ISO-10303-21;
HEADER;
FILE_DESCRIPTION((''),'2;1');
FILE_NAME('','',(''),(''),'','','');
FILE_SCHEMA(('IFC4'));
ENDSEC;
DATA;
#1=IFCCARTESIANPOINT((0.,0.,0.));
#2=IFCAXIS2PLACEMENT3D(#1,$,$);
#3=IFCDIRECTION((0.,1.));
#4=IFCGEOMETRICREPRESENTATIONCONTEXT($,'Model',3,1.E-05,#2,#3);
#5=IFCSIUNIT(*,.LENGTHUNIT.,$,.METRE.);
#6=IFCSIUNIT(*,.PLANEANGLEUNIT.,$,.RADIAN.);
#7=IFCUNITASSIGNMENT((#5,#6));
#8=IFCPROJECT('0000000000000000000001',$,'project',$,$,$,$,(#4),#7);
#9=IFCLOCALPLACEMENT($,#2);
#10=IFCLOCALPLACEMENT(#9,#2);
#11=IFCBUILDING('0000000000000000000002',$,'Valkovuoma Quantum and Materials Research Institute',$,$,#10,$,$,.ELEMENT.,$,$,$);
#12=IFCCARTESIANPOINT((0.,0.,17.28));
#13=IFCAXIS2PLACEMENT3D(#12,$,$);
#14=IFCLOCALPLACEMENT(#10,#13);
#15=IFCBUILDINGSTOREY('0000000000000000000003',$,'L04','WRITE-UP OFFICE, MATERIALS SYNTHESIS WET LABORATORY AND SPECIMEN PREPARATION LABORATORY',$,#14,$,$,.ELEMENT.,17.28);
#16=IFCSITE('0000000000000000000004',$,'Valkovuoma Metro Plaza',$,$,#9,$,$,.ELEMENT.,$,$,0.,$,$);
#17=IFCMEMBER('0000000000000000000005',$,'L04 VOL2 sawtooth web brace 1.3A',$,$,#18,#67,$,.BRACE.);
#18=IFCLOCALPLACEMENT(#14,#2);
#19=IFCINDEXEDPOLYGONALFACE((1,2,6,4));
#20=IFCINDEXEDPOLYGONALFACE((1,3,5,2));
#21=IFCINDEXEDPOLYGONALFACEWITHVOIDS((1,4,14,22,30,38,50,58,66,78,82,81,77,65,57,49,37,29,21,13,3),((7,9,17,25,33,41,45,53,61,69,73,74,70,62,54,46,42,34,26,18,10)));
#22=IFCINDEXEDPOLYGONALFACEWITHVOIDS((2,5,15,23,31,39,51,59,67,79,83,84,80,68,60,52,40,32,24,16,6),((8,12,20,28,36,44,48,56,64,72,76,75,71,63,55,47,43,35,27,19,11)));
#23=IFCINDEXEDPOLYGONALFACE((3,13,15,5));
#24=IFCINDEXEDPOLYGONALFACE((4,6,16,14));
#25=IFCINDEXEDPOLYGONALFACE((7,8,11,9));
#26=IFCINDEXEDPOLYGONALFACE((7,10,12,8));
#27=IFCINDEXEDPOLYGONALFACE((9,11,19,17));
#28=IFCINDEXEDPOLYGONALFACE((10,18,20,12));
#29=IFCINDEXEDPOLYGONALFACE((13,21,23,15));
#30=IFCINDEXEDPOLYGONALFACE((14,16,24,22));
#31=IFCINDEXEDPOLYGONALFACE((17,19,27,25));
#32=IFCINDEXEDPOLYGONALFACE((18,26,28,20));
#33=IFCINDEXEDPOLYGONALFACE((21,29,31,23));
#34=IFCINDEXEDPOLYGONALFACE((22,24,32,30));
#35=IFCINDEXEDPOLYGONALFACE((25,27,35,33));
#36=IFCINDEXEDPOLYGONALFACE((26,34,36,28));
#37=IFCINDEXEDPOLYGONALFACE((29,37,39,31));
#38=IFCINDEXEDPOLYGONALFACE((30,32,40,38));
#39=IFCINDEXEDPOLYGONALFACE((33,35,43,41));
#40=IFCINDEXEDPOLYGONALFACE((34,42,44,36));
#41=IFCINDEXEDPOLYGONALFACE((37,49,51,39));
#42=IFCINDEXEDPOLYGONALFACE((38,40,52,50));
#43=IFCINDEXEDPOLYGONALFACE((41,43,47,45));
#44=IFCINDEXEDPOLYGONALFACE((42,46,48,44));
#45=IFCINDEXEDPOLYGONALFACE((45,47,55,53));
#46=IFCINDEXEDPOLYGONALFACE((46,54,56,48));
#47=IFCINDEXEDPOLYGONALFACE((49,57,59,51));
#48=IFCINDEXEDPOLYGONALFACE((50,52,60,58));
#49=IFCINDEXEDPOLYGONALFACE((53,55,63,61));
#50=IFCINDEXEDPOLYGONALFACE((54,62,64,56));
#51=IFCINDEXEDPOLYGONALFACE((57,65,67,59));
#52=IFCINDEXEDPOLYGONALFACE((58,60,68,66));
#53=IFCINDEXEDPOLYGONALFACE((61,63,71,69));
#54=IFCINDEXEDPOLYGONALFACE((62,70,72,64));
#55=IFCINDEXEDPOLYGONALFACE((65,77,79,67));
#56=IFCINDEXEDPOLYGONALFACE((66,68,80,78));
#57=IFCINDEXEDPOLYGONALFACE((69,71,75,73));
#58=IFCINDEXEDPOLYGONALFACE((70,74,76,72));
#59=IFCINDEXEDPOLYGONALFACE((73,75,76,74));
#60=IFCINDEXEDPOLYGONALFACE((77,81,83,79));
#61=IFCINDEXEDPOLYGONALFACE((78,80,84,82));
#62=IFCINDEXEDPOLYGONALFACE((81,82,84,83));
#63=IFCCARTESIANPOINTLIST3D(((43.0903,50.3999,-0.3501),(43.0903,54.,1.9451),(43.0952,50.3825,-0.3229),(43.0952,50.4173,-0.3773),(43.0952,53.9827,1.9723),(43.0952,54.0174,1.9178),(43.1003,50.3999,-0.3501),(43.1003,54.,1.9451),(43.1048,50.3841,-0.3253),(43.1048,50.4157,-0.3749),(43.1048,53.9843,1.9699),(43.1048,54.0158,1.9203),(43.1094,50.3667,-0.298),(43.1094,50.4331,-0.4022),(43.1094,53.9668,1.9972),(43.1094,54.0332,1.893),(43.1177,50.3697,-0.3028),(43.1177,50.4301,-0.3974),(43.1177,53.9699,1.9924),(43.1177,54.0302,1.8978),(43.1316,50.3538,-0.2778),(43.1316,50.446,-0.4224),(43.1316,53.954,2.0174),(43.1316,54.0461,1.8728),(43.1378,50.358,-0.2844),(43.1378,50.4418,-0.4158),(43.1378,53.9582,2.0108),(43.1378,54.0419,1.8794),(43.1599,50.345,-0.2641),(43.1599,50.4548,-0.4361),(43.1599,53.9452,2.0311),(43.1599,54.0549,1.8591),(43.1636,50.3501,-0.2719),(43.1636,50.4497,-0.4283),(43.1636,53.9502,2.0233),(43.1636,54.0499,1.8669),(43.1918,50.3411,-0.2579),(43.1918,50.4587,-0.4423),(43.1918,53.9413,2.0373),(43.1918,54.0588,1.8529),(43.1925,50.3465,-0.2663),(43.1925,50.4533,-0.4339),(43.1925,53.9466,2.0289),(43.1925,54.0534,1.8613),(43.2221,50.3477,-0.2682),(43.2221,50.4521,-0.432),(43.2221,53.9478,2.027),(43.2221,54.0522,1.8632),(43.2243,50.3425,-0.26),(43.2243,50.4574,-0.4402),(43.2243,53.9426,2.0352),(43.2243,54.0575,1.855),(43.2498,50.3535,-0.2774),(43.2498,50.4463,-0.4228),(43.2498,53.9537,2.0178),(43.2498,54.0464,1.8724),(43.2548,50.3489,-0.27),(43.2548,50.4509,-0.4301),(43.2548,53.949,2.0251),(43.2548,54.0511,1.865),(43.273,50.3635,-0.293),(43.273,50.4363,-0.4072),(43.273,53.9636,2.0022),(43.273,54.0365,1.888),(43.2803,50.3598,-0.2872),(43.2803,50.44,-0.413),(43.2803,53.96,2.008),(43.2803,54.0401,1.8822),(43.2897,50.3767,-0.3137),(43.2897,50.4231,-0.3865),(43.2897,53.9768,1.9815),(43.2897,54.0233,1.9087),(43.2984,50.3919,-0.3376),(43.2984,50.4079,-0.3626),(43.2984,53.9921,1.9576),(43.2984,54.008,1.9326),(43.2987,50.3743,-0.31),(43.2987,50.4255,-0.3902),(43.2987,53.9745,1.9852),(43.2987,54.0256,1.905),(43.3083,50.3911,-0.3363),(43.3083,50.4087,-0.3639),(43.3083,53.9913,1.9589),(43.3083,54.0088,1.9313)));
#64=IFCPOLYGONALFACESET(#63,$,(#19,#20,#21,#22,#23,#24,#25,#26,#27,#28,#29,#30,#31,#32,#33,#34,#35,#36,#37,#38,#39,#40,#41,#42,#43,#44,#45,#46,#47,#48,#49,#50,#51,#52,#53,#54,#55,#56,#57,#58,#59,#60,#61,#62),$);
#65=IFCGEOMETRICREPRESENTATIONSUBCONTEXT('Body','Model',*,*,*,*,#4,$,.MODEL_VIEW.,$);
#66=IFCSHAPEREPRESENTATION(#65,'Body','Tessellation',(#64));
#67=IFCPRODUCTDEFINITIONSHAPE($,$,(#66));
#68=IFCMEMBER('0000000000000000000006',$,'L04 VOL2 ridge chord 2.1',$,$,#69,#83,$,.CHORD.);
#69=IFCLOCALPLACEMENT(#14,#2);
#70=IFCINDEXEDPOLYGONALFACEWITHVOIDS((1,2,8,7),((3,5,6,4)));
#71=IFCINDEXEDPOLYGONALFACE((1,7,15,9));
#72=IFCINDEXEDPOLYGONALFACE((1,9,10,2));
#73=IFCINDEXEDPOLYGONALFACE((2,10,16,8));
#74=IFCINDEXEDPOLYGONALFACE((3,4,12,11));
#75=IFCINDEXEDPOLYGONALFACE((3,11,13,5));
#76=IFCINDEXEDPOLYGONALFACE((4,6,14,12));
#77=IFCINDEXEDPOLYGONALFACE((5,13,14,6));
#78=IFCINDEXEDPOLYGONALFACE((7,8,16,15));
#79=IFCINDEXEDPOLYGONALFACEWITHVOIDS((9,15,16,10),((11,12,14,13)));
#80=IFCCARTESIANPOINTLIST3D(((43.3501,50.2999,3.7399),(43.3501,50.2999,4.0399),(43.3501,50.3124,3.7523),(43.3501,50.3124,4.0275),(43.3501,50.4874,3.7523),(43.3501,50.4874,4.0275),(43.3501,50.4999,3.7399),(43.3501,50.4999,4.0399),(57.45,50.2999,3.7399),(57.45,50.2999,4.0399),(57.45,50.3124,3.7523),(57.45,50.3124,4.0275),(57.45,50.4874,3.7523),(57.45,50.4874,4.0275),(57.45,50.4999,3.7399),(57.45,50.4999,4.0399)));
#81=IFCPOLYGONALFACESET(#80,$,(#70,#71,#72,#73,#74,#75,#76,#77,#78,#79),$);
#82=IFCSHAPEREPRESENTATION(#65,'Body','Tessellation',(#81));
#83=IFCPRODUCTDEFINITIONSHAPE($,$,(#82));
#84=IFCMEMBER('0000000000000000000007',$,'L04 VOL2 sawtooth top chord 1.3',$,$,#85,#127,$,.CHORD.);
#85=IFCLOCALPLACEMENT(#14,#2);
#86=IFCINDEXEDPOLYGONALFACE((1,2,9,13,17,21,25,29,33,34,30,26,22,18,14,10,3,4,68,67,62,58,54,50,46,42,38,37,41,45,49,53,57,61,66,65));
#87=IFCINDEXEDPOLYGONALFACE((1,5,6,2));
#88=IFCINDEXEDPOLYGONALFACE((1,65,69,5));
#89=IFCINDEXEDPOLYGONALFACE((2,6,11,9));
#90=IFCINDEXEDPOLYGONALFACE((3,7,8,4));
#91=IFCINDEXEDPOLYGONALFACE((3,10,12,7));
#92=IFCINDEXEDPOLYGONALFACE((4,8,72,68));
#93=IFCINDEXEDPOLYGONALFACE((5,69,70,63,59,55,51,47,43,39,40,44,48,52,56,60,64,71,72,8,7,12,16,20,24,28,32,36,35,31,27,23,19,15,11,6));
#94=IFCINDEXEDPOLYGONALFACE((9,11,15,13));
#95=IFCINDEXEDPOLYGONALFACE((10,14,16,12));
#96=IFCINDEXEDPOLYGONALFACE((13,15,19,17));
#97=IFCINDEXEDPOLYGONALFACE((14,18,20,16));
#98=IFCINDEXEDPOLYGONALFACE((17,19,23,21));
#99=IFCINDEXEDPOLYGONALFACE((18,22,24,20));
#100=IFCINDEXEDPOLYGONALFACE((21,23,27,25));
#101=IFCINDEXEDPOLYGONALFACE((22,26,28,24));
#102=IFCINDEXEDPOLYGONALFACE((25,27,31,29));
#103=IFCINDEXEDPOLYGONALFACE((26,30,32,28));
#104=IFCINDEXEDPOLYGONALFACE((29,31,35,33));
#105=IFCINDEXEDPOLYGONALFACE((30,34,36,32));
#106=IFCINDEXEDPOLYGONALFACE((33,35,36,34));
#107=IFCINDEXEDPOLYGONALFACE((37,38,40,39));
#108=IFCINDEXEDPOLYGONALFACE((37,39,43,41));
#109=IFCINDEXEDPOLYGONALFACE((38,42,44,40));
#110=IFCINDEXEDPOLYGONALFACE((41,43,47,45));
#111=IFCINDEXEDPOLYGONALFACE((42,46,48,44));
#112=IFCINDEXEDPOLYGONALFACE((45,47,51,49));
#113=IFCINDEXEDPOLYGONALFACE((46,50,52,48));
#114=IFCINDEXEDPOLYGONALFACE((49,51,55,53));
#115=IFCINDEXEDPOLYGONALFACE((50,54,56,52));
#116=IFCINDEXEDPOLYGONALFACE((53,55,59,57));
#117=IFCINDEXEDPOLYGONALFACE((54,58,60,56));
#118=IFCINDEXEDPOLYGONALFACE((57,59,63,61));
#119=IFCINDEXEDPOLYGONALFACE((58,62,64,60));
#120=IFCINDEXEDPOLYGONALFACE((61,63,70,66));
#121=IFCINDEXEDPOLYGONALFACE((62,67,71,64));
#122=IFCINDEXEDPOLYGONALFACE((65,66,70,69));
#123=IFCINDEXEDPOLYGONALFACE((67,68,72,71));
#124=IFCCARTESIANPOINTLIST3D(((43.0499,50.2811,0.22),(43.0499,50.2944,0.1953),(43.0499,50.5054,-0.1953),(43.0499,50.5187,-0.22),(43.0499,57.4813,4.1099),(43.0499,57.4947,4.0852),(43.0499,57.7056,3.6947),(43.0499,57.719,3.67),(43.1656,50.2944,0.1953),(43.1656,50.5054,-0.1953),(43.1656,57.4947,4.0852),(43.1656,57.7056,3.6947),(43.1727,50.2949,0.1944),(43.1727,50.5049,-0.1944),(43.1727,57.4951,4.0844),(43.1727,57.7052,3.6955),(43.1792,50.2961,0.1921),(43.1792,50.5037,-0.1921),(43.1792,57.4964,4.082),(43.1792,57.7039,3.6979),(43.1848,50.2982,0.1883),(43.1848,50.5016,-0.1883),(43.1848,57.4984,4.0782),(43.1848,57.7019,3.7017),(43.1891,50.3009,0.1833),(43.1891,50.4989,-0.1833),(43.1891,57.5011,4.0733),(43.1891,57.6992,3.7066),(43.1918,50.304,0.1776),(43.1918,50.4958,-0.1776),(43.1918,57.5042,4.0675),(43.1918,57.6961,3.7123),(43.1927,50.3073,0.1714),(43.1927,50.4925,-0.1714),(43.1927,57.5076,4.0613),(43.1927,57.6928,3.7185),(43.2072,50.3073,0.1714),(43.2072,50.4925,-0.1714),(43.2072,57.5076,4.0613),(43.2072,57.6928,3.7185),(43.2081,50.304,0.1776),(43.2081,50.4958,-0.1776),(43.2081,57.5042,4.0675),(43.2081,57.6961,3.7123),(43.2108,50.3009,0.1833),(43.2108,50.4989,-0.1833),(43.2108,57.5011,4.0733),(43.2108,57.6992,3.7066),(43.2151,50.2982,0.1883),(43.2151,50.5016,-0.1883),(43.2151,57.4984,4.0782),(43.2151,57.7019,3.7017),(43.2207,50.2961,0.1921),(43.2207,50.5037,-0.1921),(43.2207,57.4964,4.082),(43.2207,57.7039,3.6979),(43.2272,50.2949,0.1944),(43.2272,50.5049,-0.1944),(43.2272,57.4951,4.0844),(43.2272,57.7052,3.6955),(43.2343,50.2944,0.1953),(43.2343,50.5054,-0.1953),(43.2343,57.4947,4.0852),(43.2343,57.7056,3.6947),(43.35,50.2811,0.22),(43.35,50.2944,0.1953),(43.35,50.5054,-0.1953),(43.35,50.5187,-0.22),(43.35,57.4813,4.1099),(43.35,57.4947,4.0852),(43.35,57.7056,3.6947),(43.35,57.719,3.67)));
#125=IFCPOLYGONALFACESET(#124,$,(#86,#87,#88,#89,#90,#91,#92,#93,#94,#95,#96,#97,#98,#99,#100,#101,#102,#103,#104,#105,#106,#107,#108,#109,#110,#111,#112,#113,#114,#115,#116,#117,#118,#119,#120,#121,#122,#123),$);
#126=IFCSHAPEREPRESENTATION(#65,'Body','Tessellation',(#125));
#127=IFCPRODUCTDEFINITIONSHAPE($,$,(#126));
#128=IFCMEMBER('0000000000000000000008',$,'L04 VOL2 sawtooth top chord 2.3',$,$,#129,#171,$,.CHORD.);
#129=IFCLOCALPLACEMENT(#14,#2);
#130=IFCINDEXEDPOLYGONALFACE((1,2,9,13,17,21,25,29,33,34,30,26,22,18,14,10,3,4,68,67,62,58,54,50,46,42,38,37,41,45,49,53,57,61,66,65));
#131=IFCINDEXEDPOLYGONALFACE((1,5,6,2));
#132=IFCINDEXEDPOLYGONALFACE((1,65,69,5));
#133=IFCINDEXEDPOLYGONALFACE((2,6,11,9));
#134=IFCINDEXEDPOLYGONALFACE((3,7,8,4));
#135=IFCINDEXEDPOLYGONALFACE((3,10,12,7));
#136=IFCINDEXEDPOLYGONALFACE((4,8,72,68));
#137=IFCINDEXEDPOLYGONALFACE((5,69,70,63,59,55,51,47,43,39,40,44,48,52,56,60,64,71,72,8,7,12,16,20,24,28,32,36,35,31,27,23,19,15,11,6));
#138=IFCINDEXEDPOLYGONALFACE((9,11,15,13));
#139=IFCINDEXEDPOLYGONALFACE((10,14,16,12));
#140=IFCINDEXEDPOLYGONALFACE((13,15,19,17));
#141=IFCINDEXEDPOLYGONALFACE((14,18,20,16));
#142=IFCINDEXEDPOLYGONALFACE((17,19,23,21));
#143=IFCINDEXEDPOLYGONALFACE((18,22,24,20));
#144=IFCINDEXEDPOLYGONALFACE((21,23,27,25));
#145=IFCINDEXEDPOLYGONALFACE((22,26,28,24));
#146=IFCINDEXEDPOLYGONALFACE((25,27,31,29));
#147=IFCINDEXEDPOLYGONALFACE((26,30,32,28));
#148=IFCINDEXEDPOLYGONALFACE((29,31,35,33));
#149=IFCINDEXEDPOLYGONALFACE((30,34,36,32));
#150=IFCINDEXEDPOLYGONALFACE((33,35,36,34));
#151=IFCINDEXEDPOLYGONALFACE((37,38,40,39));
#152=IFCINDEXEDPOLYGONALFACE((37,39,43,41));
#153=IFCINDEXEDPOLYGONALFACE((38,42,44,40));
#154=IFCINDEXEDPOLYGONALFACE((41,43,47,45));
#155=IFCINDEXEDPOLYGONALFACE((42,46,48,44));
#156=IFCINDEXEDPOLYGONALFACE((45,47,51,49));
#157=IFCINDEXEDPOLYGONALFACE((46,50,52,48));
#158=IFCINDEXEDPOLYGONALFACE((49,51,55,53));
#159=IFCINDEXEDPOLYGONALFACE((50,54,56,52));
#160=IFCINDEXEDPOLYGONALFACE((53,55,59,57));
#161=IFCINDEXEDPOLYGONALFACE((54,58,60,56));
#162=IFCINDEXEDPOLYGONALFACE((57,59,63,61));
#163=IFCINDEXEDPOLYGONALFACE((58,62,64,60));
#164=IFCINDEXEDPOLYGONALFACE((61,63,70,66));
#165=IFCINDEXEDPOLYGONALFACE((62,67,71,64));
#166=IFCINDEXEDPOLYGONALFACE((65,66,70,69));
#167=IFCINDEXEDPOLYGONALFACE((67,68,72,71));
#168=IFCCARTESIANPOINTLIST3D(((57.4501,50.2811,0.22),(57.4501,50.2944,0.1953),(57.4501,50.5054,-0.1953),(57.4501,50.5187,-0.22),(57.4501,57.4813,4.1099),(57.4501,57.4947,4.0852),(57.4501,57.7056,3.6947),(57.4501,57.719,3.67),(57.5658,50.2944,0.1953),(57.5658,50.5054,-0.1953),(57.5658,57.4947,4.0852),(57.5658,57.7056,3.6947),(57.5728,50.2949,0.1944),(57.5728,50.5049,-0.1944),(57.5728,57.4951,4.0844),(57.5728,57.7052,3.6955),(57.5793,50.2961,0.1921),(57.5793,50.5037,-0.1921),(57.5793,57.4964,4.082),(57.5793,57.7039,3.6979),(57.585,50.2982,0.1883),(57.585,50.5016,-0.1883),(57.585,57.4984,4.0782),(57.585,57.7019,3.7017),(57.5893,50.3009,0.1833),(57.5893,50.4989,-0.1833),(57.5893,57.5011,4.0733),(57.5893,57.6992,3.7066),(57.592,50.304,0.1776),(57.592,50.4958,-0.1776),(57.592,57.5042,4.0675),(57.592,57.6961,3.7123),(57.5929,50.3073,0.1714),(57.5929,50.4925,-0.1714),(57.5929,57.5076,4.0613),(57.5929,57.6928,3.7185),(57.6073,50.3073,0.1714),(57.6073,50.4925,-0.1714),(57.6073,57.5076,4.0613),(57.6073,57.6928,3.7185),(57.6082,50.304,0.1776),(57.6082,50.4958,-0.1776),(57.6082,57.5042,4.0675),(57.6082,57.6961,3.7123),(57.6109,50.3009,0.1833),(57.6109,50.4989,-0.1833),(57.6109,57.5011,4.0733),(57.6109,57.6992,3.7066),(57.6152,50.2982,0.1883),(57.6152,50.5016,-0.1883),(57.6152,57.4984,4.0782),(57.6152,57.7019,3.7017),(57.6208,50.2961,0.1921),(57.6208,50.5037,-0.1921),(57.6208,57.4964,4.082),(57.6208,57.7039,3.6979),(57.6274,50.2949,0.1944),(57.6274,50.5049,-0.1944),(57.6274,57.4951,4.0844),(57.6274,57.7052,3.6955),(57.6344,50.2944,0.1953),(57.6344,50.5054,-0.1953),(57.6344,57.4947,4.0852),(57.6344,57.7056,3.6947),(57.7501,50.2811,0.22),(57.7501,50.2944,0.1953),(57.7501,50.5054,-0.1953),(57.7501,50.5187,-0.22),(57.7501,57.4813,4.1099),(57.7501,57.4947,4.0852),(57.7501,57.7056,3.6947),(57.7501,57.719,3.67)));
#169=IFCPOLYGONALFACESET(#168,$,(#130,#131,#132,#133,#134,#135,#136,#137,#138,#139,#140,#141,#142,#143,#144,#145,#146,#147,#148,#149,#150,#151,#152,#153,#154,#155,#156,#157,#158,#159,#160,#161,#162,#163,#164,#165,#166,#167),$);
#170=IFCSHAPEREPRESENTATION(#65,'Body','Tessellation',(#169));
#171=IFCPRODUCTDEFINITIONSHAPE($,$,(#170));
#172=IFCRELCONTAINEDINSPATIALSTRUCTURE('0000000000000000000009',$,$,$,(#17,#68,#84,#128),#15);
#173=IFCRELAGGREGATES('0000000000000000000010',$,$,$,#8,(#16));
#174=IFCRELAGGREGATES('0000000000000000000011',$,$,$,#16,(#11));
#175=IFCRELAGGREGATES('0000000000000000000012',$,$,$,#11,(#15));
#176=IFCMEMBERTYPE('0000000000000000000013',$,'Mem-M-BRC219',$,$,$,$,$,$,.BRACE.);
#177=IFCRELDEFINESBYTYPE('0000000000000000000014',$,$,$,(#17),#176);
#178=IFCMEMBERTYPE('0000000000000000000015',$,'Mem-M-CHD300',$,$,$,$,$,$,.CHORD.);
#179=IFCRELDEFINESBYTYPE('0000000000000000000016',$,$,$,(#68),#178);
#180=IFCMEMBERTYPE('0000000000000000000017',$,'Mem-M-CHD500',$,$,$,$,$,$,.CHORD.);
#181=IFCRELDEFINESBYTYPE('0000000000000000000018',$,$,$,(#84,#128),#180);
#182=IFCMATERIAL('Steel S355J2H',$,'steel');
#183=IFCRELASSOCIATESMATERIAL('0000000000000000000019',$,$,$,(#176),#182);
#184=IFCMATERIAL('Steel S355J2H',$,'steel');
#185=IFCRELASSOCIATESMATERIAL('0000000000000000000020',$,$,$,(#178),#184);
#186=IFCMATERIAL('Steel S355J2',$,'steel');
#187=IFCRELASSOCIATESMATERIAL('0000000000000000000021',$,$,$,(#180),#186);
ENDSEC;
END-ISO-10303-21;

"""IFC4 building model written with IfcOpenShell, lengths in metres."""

from ifc_helpers import new_model, si_unit, direction, frame, origin, origin_2d, place, context, subcontext, project, spatial, hollow_rectangle, hollow_circle, i_section, extrude, material, material_profile, profile_set, type_object, element, save


model = new_model("IFC4")

# Units and contexts
model_context = context("Model", 3, precision=1e-05, world=origin(), true_north=direction((0.0, 1.0)))
body_context = subcontext(model_context, "Body", "Model", "MODEL_VIEW")
ifc_project = project(units=[si_unit("LENGTHUNIT", "METRE"), si_unit("PLANEANGLEUNIT", "RADIAN")], contexts=[model_context])

# Site, building, storey
site_placement = place(None, origin())
site = spatial("IfcSite", under=ifc_project, at=site_placement, Name="Valkovuoma Metro Plaza", CompositionType="ELEMENT", RefElevation=0.0)
building_placement = place(site_placement, origin())
building = spatial("IfcBuilding", under=site, at=building_placement, Name="Valkovuoma Quantum and Materials Research Institute", CompositionType="ELEMENT")
storey_placement = place(building_placement, frame((0.0, 0.0, 17.28)))
storey = spatial("IfcBuildingStorey", under=building, at=storey_placement, Name="L04", Description="WRITE-UP OFFICE, MATERIALS SYNTHESIS WET LABORATORY AND SPECIMEN PREPARATION LABORATORY", CompositionType="ELEMENT", Elevation=17.28)

# Members
ifc_material_1 = material(Name="Steel S355J2H", Category="steel")
ifc_material_profile_1 = material_profile(ifc_material_1, hollow_circle(Radius=0.1096, WallThickness=0.01, at=origin_2d()), Name="Steel S355J2H")
ifc_profile_set_1 = profile_set([ifc_material_profile_1], Name="Steel S355J2H")
member_type_1 = type_object("IfcMemberType", Name="Mem-M-BRC219", PredefinedType="BRACE", material=ifc_profile_set_1)
member_1_placement = place(storey_placement, frame((43.2, 50.3999, -0.3501), z_axis=(0.0, 0.843216, 0.537575), x_axis=(-1.0, 0.0, 0.0)))
element("IfcMember", 1, at=member_1_placement, inside=storey, type_object=member_type_1, Name="L04 VOL2 sawtooth web brace 1.3A", PredefinedType="BRACE", context=body_context, shape_type="SweptSolid", body=[
    extrude(hollow_circle(Radius=0.1096, WallThickness=0.01, at=origin_2d()), origin(), (0.0, 0.0, 1.0), 4.2695),
])
ifc_material_2 = material(Name="Steel S355J2H", Category="steel")
ifc_material_profile_2 = material_profile(ifc_material_2, hollow_rectangle(XDim=0.2, YDim=0.3, WallThickness=0.0125, at=origin_2d()), Name="Steel S355J2H")
ifc_profile_set_2 = profile_set([ifc_material_profile_2], Name="Steel S355J2H")
member_type_2 = type_object("IfcMemberType", Name="Mem-M-CHD300", PredefinedType="CHORD", material=ifc_profile_set_2)
member_2_placement = place(storey_placement, frame((43.3501, 50.3999, 3.8899), z_axis=(1.0, 0.0, 0.0), x_axis=(0.0, 1.0, 0.0)))
element("IfcMember", 2, at=member_2_placement, inside=storey, type_object=member_type_2, Name="L04 VOL2 ridge chord 2.1", PredefinedType="CHORD", context=body_context, shape_type="SweptSolid", body=[
    extrude(hollow_rectangle(XDim=0.2, YDim=0.3, WallThickness=0.0125, at=origin_2d()), origin(), (0.0, 0.0, 1.0), 14.0999),
])
ifc_material_3 = material(Name="Steel S355J2", Category="steel")
ifc_material_profile_3 = material_profile(ifc_material_3, i_section(OverallWidth=0.3, OverallDepth=0.5, WebThickness=0.0144, FlangeThickness=0.0281, FilletRadius=0.0271, at=origin_2d()), Name="Steel S355J2")
ifc_profile_set_3 = profile_set([ifc_material_profile_3], Name="Steel S355J2")
member_type_3 = type_object("IfcMemberType", Name="Mem-M-CHD500", PredefinedType="CHORD", material=ifc_profile_set_3)
for number, where, z_axis, x_axis, name in (
    (3, (43.2, 50.3999, 0.0), (0.0, 0.879814, 0.475318), (-1.0, 0.0, 0.0), "L04 VOL2 sawtooth top chord 1.3"),
    (4, (57.6001, 50.3999, 0.0), (0.0, 0.879814, 0.475318), (-1.0, 0.0, 0.0), "L04 VOL2 sawtooth top chord 2.3"),
):
    element("IfcMember", number, at=place(storey_placement, frame(where, z_axis=z_axis, x_axis=x_axis)), inside=storey, type_object=member_type_3, Name=name, PredefinedType="CHORD", context=body_context, shape_type="SweptSolid", body=[
        extrude(i_section(OverallWidth=0.3, OverallDepth=0.5, WebThickness=0.0144, FlangeThickness=0.0281, FilletRadius=0.0271, at=origin_2d()), origin(), (0.0, 0.0, 1.0), 8.1838),
    ])

save(model, "model.ifc")
